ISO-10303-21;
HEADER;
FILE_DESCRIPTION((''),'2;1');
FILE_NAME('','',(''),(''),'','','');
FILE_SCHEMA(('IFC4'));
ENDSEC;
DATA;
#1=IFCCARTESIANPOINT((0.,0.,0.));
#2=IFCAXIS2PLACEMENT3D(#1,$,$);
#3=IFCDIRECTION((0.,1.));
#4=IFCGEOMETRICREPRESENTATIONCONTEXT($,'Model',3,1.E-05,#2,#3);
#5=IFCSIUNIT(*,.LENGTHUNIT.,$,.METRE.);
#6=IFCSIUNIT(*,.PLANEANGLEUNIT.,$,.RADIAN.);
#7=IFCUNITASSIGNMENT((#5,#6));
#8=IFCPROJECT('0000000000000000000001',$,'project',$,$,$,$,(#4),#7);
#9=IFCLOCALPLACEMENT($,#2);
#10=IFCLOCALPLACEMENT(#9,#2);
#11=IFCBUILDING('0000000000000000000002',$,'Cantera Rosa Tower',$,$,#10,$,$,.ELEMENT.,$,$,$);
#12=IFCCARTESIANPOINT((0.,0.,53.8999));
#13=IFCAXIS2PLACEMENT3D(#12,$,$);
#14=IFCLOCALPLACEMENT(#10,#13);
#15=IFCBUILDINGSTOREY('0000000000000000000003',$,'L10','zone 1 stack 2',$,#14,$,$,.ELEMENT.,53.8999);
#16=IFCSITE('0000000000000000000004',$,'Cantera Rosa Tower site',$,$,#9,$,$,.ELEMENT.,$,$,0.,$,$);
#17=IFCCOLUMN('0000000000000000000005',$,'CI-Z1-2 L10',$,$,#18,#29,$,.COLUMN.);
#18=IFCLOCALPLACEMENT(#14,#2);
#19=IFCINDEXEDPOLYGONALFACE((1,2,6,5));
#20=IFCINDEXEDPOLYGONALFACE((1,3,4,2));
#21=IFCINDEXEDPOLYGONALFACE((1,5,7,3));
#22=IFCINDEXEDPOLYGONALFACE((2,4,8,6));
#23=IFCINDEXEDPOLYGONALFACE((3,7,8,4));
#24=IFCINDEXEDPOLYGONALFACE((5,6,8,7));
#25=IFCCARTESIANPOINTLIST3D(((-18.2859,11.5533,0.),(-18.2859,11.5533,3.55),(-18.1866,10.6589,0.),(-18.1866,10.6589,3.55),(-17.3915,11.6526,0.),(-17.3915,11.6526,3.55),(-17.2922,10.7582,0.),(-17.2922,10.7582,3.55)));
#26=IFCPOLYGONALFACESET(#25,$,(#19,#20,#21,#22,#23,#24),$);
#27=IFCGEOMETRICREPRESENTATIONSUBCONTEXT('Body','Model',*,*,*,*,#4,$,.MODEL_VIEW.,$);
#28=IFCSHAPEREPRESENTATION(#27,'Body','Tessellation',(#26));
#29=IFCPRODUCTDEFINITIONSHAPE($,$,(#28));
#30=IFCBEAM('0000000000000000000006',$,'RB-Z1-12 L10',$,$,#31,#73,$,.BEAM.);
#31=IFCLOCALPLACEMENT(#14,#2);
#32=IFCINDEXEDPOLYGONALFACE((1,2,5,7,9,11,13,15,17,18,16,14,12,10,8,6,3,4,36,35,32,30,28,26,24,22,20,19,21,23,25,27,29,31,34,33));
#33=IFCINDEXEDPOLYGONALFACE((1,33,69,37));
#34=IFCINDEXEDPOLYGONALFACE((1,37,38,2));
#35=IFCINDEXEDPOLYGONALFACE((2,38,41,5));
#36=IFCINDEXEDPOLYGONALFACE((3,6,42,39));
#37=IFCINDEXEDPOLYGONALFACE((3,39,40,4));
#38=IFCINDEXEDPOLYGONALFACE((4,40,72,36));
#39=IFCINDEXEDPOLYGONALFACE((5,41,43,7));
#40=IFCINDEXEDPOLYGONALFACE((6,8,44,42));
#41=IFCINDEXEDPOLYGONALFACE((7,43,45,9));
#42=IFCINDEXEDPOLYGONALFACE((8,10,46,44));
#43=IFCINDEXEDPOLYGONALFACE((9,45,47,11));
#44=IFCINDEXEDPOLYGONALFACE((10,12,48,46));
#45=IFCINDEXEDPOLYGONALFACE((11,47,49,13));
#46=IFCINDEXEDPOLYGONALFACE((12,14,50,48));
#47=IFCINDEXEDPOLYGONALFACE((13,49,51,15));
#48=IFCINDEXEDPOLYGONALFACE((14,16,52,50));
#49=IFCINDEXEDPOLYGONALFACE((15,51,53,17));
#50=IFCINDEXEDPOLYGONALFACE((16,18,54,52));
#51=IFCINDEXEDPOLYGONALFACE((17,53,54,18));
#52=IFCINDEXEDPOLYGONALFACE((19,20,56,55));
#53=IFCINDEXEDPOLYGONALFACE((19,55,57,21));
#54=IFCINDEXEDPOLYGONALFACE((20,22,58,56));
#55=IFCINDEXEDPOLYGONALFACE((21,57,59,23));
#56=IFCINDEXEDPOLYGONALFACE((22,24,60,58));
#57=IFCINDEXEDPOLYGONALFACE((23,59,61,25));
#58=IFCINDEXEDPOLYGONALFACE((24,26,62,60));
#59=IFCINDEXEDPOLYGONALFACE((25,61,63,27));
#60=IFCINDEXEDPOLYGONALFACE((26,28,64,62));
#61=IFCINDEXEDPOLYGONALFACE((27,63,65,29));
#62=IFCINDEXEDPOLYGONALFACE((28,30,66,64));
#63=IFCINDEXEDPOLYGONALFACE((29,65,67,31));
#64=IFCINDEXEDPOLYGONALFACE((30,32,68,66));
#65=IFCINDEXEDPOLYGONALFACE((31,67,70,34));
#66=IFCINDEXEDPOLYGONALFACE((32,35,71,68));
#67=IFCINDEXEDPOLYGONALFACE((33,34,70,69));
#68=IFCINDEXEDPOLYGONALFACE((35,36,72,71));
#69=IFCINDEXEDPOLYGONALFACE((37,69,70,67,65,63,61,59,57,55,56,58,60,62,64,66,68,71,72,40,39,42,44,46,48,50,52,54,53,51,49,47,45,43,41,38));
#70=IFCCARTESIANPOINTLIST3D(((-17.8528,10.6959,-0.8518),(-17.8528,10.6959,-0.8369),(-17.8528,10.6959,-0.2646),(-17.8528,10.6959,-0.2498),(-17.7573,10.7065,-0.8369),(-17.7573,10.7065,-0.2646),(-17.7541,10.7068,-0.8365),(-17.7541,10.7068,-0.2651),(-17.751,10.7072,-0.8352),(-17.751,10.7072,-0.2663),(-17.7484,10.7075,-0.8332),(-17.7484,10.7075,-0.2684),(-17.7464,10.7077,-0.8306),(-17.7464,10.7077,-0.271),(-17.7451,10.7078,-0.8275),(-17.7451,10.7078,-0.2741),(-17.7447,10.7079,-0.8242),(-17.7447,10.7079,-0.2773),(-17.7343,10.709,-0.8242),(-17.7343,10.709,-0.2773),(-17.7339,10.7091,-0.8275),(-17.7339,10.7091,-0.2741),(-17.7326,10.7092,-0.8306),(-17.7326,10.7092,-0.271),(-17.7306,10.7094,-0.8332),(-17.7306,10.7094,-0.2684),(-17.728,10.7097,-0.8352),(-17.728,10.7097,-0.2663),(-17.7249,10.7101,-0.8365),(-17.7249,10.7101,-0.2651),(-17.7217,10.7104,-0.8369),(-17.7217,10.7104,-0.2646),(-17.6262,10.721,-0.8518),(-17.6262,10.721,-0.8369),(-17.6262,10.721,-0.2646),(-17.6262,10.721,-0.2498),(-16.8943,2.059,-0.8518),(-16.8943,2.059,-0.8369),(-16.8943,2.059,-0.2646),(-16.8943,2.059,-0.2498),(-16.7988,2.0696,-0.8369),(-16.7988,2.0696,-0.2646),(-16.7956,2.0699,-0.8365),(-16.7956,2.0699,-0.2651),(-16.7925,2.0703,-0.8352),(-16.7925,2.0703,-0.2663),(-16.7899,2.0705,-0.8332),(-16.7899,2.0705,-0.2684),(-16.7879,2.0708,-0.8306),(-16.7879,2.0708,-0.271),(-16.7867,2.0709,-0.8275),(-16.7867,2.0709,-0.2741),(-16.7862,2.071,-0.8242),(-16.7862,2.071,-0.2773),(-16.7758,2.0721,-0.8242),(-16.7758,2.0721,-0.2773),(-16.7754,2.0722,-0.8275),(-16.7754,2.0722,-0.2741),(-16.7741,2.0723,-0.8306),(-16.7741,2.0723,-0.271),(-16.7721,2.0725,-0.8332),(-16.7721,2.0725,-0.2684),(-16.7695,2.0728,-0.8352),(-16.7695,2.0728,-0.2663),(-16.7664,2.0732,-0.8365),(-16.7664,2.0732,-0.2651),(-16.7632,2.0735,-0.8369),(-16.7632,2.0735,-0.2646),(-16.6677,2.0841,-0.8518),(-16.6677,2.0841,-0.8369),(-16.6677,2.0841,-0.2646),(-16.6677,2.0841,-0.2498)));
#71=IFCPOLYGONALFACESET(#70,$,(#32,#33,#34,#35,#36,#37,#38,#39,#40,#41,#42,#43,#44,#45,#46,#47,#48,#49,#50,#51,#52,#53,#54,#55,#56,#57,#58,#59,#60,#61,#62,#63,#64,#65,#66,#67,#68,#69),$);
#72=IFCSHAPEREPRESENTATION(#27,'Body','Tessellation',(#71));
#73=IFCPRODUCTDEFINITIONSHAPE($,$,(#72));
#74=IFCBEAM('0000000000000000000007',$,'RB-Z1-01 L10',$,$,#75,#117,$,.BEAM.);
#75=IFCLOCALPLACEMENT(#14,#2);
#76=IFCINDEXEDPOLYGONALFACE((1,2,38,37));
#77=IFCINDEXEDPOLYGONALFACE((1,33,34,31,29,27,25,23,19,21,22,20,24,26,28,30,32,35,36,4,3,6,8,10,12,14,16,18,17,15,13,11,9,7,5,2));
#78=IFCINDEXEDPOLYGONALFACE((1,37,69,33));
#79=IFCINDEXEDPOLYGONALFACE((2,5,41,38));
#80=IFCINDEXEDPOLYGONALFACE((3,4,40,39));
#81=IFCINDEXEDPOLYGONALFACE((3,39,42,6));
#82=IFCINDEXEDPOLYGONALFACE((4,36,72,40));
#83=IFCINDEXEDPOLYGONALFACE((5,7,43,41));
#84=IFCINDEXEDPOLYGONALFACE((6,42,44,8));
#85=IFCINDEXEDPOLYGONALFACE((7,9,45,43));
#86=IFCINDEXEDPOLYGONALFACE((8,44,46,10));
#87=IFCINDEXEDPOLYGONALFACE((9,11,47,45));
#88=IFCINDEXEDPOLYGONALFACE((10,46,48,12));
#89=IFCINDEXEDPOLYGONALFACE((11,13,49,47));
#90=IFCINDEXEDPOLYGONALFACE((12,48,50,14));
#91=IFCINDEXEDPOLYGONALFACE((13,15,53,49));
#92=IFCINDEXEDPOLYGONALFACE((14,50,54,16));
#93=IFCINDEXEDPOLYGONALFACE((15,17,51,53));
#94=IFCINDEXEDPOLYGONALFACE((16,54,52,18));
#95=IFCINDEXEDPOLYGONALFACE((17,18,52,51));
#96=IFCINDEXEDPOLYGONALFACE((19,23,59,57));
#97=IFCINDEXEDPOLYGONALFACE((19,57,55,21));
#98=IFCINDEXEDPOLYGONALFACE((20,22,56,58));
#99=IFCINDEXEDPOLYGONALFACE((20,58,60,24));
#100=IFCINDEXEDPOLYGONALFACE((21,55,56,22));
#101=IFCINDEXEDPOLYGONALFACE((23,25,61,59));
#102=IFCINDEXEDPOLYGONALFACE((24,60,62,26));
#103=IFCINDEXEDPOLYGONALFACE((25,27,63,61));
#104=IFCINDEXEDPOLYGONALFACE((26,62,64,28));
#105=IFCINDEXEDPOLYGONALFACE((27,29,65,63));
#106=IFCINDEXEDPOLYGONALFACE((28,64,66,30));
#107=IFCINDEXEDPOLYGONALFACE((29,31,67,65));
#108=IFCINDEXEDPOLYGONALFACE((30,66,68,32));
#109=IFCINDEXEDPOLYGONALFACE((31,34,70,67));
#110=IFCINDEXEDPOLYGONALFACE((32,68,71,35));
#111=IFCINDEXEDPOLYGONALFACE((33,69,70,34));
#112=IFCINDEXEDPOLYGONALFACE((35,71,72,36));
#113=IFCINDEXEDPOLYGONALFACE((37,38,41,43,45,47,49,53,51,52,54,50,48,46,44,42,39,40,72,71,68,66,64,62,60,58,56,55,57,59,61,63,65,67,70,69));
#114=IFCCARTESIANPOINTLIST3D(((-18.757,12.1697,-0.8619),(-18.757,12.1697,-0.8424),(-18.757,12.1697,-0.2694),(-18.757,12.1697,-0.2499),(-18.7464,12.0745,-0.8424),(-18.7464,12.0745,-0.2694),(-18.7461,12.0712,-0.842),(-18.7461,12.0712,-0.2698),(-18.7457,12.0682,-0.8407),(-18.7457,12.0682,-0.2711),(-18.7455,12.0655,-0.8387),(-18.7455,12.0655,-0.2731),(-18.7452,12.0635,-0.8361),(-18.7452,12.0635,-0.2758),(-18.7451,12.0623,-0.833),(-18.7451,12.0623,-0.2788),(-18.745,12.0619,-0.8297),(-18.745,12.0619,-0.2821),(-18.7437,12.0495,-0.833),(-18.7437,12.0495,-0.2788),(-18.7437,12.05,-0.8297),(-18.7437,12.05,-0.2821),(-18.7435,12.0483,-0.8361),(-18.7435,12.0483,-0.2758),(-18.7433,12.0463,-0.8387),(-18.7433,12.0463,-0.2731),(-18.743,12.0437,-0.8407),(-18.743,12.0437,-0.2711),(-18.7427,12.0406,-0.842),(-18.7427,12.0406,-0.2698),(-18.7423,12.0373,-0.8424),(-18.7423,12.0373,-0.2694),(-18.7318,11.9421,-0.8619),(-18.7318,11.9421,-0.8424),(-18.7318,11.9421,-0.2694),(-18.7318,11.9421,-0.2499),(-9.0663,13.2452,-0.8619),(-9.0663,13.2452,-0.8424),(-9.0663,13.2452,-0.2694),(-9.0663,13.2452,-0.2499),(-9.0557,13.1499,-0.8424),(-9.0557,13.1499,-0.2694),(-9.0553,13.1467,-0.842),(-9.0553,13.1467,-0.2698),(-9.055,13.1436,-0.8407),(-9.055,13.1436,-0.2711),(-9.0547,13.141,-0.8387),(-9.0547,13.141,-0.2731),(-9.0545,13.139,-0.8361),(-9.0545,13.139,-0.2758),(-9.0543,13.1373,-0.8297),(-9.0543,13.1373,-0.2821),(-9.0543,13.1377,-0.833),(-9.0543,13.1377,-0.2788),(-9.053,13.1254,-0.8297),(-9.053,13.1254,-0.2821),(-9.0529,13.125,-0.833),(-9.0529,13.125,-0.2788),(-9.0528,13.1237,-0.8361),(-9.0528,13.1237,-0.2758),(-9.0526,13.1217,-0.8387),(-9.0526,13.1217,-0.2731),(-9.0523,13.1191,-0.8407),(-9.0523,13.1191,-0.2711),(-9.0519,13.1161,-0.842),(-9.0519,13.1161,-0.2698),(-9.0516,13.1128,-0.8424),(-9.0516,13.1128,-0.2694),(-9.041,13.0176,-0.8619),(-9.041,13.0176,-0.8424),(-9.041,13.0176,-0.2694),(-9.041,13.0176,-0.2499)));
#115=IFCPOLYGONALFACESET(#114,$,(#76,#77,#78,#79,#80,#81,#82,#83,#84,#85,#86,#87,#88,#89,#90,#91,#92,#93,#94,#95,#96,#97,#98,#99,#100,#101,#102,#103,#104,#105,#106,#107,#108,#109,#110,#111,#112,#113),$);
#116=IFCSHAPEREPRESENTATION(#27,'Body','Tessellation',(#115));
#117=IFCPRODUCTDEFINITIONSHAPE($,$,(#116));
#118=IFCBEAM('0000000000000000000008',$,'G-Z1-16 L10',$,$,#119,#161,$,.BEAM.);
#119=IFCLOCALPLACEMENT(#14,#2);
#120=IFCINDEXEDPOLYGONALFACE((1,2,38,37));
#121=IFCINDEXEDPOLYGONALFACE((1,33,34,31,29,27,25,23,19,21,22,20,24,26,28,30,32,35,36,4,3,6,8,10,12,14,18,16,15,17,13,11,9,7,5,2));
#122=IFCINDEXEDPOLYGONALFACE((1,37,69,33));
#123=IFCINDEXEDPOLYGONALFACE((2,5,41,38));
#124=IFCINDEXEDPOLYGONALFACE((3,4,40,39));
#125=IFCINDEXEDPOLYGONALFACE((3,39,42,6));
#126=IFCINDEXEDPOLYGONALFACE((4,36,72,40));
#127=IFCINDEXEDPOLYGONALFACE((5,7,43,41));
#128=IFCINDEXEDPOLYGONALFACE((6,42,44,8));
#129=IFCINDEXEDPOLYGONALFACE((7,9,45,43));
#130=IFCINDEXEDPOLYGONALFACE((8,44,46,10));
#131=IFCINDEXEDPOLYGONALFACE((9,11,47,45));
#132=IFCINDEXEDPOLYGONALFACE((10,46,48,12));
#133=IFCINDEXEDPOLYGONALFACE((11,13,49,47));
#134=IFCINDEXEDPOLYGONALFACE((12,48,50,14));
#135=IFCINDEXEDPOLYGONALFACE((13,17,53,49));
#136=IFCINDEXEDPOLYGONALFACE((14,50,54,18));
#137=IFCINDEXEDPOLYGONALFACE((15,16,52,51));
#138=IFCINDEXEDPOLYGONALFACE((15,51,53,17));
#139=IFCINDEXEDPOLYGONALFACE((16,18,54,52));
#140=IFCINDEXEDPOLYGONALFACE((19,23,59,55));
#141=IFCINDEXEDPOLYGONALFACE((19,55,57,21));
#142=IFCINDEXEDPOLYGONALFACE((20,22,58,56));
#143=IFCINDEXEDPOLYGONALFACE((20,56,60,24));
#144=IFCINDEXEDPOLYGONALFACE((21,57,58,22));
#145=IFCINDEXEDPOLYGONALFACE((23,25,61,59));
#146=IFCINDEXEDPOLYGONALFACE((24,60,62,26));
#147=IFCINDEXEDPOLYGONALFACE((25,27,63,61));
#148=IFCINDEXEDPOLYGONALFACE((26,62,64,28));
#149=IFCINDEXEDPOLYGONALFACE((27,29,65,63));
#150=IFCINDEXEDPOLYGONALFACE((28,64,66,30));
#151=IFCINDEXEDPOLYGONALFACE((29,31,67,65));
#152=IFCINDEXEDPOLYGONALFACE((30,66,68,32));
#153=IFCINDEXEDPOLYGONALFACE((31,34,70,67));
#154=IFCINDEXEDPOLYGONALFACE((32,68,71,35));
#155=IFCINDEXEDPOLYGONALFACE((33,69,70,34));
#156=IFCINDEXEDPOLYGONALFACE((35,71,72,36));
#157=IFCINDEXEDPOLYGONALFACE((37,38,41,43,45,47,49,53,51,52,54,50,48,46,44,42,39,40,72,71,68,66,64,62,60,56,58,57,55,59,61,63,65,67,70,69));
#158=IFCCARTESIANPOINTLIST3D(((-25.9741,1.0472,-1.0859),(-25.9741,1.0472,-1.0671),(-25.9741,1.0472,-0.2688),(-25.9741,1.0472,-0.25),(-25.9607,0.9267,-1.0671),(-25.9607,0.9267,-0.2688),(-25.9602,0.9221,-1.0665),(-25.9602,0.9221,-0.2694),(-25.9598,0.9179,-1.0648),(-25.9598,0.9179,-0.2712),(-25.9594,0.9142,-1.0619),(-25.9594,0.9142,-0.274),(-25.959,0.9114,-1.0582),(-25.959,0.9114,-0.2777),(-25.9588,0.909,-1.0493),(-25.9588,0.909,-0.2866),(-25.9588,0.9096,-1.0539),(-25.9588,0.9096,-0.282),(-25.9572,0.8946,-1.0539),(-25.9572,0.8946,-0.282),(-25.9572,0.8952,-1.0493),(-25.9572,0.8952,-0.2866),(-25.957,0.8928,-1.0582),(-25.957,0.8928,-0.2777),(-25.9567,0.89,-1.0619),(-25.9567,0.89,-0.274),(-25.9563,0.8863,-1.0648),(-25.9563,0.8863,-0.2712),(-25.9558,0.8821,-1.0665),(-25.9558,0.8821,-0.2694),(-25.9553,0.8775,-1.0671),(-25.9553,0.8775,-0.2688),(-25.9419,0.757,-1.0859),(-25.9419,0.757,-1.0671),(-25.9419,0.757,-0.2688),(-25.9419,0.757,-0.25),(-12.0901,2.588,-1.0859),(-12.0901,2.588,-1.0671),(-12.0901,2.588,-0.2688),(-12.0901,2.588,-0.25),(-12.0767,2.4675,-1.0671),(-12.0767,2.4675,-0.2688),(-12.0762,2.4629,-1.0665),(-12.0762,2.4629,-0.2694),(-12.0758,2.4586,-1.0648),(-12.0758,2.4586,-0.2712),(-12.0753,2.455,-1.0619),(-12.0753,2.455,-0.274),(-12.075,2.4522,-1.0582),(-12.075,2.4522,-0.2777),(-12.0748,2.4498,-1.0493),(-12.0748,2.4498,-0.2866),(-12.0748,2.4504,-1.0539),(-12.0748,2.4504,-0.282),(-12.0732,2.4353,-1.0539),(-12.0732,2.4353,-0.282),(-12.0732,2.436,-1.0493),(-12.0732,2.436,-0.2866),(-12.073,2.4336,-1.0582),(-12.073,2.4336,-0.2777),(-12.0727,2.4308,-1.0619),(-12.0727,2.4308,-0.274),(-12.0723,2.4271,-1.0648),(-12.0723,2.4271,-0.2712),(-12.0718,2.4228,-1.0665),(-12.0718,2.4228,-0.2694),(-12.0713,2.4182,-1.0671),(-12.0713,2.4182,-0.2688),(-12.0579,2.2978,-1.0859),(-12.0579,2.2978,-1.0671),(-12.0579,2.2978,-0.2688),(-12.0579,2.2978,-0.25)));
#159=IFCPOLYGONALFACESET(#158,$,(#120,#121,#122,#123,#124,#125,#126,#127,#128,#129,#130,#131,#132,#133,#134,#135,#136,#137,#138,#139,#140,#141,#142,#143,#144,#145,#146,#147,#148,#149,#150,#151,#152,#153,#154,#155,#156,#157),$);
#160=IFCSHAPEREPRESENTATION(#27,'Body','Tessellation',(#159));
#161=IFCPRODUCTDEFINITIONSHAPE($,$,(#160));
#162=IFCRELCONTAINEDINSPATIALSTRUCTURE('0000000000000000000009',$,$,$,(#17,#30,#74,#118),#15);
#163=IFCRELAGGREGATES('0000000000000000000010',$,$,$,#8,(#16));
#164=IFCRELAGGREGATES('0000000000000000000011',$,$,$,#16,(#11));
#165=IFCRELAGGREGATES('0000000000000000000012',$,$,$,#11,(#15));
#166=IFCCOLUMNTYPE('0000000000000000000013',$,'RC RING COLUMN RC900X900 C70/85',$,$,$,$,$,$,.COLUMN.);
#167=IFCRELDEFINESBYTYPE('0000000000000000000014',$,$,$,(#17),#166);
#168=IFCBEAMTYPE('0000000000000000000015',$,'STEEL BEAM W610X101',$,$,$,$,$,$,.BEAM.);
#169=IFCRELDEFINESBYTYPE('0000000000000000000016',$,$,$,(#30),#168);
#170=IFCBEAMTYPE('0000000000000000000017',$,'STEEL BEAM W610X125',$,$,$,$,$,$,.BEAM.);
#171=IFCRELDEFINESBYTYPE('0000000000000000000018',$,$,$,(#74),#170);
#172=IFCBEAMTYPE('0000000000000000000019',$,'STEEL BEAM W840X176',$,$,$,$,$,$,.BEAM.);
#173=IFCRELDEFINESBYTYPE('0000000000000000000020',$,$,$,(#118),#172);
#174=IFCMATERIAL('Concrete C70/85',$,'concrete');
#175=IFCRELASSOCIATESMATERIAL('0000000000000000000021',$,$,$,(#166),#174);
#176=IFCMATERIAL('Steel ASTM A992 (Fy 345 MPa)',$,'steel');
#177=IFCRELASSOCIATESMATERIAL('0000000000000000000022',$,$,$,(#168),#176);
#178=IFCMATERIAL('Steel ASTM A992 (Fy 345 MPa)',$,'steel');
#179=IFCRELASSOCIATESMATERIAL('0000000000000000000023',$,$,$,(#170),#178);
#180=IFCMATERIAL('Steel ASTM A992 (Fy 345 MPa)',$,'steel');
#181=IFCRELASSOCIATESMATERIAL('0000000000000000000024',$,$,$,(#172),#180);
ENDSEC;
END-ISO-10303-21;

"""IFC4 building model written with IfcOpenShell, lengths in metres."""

from ifc_helpers import new_model, si_unit, direction, frame, origin, origin_2d, place, context, subcontext, project, spatial, rectangle, i_section, extrude, material, material_profile, profile_set, type_object, element, save


model = new_model("IFC4")

# Units and contexts
model_context = context("Model", 3, precision=1e-05, world=origin(), true_north=direction((0.0, 1.0)))
body_context = subcontext(model_context, "Body", "Model", "MODEL_VIEW")
ifc_project = project(units=[si_unit("LENGTHUNIT", "METRE"), si_unit("PLANEANGLEUNIT", "RADIAN")], contexts=[model_context])

# Site, building, storey
site_placement = place(None, origin())
site = spatial("IfcSite", under=ifc_project, at=site_placement, Name="Cantera Rosa Tower site", CompositionType="ELEMENT", RefElevation=0.0)
building_placement = place(site_placement, origin())
building = spatial("IfcBuilding", under=site, at=building_placement, Name="Cantera Rosa Tower", CompositionType="ELEMENT")
storey_placement = place(building_placement, frame((0.0, 0.0, 53.8999)))
storey = spatial("IfcBuildingStorey", under=building, at=storey_placement, Name="L10", Description="zone 1 stack 2", CompositionType="ELEMENT", Elevation=53.8999)

# Column
ifc_material_1 = material(Name="Concrete C70/85", Category="concrete")
ifc_material_profile_1 = material_profile(ifc_material_1, rectangle(XDim=0.8999, YDim=0.8999, at=origin_2d()), Name="RC RING COLUMN RC900X900 C70/85")
ifc_profile_set_1 = profile_set([ifc_material_profile_1], Name="Concrete C70/85")
column_type = type_object("IfcColumnType", Name="RC RING COLUMN RC900X900 C70/85", PredefinedType="COLUMN", material=ifc_profile_set_1)
column_placement = place(storey_placement, frame((-17.7891, 11.1558, 0.0), z_axis=(0.0, 0.0, 1.0), x_axis=(0.993897, 0.110313, 0.0)))
element("IfcColumn", 1, at=column_placement, inside=storey, type_object=column_type, Name="CI-Z1-2 L10", PredefinedType="COLUMN", context=body_context, shape_type="SweptSolid", body=[
    extrude(rectangle(XDim=0.8999, YDim=0.8999, at=origin_2d()), origin(), (0.0, 0.0, 1.0), 3.55),
])

# Beams
ifc_material_2 = material(Name="Steel ASTM A992 (Fy 345 MPa)", Category="steel")
ifc_material_profile_2 = material_profile(ifc_material_2, i_section(OverallWidth=0.228, OverallDepth=0.6021, WebThickness=0.0105, FlangeThickness=0.0149, FilletRadius=0.0127, at=origin_2d()), Name="W610X101")
ifc_profile_set_2 = profile_set([ifc_material_profile_2], Name="Steel ASTM A992 (Fy 345 MPa)")
beam_type_1 = type_object("IfcBeamType", Name="STEEL BEAM W610X101", PredefinedType="BEAM", material=ifc_profile_set_2)
beam_1_placement = place(storey_placement, frame((-16.781, 2.0715, -0.5508), z_axis=(-0.110299, 0.993898, 0.0), x_axis=(-0.993898, -0.110299, 0.0)))
element("IfcBeam", 2, at=beam_1_placement, inside=storey, type_object=beam_type_1, Name="RB-Z1-12 L10", PredefinedType="BEAM", context=body_context, shape_type="SweptSolid", body=[
    extrude(i_section(OverallWidth=0.228, OverallDepth=0.6021, WebThickness=0.0105, FlangeThickness=0.0149, FilletRadius=0.0127, at=origin_2d()), origin(), (0.0, 0.0, 1.0), 8.6899),
])
ifc_material_3 = material(Name="Steel ASTM A992 (Fy 345 MPa)", Category="steel")
ifc_material_profile_3 = material_profile(ifc_material_3, i_section(OverallWidth=0.229, OverallDepth=0.6121, WebThickness=0.012, FlangeThickness=0.0195, FilletRadius=0.0127, at=origin_2d()), Name="W610X125")
ifc_profile_set_3 = profile_set([ifc_material_profile_3], Name="Steel ASTM A992 (Fy 345 MPa)")
beam_type_2 = type_object("IfcBeamType", Name="STEEL BEAM W610X125", PredefinedType="BEAM", material=ifc_profile_set_3)
beam_2_placement = place(storey_placement, frame((-18.7444, 12.0559, -0.5559), z_axis=(0.993898, 0.1103, 0.0), x_axis=(-0.1103, 0.993898, 0.0)))
element("IfcBeam", 3, at=beam_2_placement, inside=storey, type_object=beam_type_2, Name="RB-Z1-01 L10", PredefinedType="BEAM", context=body_context, shape_type="SweptSolid", body=[
    extrude(i_section(OverallWidth=0.229, OverallDepth=0.6121, WebThickness=0.012, FlangeThickness=0.0195, FilletRadius=0.0127, at=origin_2d()), origin(), (0.0, 0.0, 1.0), 9.7502),
])
ifc_material_4 = material(Name="Steel ASTM A992 (Fy 345 MPa)", Category="steel")
ifc_material_profile_4 = material_profile(ifc_material_4, i_section(OverallWidth=0.292, OverallDepth=0.8359, WebThickness=0.0139, FlangeThickness=0.0188, FilletRadius=0.0178, at=origin_2d()), Name="W840X176")
ifc_profile_set_4 = profile_set([ifc_material_profile_4], Name="Steel ASTM A992 (Fy 345 MPa)")
beam_type_3 = type_object("IfcBeamType", Name="STEEL BEAM W840X176", PredefinedType="BEAM", material=ifc_profile_set_4)
beam_3_placement = place(storey_placement, frame((-25.958, 0.9021, -0.668), z_axis=(0.993899, 0.110297, 0.0), x_axis=(-0.110297, 0.993899, 0.0)))
element("IfcBeam", 4, at=beam_3_placement, inside=storey, type_object=beam_type_3, Name="G-Z1-16 L10", PredefinedType="BEAM", context=body_context, shape_type="SweptSolid", body=[
    extrude(i_section(OverallWidth=0.292, OverallDepth=0.8359, WebThickness=0.0139, FlangeThickness=0.0188, FilletRadius=0.0178, at=origin_2d()), origin(), (0.0, 0.0, 1.0), 13.9692),
])

save(model, "model.ifc")
